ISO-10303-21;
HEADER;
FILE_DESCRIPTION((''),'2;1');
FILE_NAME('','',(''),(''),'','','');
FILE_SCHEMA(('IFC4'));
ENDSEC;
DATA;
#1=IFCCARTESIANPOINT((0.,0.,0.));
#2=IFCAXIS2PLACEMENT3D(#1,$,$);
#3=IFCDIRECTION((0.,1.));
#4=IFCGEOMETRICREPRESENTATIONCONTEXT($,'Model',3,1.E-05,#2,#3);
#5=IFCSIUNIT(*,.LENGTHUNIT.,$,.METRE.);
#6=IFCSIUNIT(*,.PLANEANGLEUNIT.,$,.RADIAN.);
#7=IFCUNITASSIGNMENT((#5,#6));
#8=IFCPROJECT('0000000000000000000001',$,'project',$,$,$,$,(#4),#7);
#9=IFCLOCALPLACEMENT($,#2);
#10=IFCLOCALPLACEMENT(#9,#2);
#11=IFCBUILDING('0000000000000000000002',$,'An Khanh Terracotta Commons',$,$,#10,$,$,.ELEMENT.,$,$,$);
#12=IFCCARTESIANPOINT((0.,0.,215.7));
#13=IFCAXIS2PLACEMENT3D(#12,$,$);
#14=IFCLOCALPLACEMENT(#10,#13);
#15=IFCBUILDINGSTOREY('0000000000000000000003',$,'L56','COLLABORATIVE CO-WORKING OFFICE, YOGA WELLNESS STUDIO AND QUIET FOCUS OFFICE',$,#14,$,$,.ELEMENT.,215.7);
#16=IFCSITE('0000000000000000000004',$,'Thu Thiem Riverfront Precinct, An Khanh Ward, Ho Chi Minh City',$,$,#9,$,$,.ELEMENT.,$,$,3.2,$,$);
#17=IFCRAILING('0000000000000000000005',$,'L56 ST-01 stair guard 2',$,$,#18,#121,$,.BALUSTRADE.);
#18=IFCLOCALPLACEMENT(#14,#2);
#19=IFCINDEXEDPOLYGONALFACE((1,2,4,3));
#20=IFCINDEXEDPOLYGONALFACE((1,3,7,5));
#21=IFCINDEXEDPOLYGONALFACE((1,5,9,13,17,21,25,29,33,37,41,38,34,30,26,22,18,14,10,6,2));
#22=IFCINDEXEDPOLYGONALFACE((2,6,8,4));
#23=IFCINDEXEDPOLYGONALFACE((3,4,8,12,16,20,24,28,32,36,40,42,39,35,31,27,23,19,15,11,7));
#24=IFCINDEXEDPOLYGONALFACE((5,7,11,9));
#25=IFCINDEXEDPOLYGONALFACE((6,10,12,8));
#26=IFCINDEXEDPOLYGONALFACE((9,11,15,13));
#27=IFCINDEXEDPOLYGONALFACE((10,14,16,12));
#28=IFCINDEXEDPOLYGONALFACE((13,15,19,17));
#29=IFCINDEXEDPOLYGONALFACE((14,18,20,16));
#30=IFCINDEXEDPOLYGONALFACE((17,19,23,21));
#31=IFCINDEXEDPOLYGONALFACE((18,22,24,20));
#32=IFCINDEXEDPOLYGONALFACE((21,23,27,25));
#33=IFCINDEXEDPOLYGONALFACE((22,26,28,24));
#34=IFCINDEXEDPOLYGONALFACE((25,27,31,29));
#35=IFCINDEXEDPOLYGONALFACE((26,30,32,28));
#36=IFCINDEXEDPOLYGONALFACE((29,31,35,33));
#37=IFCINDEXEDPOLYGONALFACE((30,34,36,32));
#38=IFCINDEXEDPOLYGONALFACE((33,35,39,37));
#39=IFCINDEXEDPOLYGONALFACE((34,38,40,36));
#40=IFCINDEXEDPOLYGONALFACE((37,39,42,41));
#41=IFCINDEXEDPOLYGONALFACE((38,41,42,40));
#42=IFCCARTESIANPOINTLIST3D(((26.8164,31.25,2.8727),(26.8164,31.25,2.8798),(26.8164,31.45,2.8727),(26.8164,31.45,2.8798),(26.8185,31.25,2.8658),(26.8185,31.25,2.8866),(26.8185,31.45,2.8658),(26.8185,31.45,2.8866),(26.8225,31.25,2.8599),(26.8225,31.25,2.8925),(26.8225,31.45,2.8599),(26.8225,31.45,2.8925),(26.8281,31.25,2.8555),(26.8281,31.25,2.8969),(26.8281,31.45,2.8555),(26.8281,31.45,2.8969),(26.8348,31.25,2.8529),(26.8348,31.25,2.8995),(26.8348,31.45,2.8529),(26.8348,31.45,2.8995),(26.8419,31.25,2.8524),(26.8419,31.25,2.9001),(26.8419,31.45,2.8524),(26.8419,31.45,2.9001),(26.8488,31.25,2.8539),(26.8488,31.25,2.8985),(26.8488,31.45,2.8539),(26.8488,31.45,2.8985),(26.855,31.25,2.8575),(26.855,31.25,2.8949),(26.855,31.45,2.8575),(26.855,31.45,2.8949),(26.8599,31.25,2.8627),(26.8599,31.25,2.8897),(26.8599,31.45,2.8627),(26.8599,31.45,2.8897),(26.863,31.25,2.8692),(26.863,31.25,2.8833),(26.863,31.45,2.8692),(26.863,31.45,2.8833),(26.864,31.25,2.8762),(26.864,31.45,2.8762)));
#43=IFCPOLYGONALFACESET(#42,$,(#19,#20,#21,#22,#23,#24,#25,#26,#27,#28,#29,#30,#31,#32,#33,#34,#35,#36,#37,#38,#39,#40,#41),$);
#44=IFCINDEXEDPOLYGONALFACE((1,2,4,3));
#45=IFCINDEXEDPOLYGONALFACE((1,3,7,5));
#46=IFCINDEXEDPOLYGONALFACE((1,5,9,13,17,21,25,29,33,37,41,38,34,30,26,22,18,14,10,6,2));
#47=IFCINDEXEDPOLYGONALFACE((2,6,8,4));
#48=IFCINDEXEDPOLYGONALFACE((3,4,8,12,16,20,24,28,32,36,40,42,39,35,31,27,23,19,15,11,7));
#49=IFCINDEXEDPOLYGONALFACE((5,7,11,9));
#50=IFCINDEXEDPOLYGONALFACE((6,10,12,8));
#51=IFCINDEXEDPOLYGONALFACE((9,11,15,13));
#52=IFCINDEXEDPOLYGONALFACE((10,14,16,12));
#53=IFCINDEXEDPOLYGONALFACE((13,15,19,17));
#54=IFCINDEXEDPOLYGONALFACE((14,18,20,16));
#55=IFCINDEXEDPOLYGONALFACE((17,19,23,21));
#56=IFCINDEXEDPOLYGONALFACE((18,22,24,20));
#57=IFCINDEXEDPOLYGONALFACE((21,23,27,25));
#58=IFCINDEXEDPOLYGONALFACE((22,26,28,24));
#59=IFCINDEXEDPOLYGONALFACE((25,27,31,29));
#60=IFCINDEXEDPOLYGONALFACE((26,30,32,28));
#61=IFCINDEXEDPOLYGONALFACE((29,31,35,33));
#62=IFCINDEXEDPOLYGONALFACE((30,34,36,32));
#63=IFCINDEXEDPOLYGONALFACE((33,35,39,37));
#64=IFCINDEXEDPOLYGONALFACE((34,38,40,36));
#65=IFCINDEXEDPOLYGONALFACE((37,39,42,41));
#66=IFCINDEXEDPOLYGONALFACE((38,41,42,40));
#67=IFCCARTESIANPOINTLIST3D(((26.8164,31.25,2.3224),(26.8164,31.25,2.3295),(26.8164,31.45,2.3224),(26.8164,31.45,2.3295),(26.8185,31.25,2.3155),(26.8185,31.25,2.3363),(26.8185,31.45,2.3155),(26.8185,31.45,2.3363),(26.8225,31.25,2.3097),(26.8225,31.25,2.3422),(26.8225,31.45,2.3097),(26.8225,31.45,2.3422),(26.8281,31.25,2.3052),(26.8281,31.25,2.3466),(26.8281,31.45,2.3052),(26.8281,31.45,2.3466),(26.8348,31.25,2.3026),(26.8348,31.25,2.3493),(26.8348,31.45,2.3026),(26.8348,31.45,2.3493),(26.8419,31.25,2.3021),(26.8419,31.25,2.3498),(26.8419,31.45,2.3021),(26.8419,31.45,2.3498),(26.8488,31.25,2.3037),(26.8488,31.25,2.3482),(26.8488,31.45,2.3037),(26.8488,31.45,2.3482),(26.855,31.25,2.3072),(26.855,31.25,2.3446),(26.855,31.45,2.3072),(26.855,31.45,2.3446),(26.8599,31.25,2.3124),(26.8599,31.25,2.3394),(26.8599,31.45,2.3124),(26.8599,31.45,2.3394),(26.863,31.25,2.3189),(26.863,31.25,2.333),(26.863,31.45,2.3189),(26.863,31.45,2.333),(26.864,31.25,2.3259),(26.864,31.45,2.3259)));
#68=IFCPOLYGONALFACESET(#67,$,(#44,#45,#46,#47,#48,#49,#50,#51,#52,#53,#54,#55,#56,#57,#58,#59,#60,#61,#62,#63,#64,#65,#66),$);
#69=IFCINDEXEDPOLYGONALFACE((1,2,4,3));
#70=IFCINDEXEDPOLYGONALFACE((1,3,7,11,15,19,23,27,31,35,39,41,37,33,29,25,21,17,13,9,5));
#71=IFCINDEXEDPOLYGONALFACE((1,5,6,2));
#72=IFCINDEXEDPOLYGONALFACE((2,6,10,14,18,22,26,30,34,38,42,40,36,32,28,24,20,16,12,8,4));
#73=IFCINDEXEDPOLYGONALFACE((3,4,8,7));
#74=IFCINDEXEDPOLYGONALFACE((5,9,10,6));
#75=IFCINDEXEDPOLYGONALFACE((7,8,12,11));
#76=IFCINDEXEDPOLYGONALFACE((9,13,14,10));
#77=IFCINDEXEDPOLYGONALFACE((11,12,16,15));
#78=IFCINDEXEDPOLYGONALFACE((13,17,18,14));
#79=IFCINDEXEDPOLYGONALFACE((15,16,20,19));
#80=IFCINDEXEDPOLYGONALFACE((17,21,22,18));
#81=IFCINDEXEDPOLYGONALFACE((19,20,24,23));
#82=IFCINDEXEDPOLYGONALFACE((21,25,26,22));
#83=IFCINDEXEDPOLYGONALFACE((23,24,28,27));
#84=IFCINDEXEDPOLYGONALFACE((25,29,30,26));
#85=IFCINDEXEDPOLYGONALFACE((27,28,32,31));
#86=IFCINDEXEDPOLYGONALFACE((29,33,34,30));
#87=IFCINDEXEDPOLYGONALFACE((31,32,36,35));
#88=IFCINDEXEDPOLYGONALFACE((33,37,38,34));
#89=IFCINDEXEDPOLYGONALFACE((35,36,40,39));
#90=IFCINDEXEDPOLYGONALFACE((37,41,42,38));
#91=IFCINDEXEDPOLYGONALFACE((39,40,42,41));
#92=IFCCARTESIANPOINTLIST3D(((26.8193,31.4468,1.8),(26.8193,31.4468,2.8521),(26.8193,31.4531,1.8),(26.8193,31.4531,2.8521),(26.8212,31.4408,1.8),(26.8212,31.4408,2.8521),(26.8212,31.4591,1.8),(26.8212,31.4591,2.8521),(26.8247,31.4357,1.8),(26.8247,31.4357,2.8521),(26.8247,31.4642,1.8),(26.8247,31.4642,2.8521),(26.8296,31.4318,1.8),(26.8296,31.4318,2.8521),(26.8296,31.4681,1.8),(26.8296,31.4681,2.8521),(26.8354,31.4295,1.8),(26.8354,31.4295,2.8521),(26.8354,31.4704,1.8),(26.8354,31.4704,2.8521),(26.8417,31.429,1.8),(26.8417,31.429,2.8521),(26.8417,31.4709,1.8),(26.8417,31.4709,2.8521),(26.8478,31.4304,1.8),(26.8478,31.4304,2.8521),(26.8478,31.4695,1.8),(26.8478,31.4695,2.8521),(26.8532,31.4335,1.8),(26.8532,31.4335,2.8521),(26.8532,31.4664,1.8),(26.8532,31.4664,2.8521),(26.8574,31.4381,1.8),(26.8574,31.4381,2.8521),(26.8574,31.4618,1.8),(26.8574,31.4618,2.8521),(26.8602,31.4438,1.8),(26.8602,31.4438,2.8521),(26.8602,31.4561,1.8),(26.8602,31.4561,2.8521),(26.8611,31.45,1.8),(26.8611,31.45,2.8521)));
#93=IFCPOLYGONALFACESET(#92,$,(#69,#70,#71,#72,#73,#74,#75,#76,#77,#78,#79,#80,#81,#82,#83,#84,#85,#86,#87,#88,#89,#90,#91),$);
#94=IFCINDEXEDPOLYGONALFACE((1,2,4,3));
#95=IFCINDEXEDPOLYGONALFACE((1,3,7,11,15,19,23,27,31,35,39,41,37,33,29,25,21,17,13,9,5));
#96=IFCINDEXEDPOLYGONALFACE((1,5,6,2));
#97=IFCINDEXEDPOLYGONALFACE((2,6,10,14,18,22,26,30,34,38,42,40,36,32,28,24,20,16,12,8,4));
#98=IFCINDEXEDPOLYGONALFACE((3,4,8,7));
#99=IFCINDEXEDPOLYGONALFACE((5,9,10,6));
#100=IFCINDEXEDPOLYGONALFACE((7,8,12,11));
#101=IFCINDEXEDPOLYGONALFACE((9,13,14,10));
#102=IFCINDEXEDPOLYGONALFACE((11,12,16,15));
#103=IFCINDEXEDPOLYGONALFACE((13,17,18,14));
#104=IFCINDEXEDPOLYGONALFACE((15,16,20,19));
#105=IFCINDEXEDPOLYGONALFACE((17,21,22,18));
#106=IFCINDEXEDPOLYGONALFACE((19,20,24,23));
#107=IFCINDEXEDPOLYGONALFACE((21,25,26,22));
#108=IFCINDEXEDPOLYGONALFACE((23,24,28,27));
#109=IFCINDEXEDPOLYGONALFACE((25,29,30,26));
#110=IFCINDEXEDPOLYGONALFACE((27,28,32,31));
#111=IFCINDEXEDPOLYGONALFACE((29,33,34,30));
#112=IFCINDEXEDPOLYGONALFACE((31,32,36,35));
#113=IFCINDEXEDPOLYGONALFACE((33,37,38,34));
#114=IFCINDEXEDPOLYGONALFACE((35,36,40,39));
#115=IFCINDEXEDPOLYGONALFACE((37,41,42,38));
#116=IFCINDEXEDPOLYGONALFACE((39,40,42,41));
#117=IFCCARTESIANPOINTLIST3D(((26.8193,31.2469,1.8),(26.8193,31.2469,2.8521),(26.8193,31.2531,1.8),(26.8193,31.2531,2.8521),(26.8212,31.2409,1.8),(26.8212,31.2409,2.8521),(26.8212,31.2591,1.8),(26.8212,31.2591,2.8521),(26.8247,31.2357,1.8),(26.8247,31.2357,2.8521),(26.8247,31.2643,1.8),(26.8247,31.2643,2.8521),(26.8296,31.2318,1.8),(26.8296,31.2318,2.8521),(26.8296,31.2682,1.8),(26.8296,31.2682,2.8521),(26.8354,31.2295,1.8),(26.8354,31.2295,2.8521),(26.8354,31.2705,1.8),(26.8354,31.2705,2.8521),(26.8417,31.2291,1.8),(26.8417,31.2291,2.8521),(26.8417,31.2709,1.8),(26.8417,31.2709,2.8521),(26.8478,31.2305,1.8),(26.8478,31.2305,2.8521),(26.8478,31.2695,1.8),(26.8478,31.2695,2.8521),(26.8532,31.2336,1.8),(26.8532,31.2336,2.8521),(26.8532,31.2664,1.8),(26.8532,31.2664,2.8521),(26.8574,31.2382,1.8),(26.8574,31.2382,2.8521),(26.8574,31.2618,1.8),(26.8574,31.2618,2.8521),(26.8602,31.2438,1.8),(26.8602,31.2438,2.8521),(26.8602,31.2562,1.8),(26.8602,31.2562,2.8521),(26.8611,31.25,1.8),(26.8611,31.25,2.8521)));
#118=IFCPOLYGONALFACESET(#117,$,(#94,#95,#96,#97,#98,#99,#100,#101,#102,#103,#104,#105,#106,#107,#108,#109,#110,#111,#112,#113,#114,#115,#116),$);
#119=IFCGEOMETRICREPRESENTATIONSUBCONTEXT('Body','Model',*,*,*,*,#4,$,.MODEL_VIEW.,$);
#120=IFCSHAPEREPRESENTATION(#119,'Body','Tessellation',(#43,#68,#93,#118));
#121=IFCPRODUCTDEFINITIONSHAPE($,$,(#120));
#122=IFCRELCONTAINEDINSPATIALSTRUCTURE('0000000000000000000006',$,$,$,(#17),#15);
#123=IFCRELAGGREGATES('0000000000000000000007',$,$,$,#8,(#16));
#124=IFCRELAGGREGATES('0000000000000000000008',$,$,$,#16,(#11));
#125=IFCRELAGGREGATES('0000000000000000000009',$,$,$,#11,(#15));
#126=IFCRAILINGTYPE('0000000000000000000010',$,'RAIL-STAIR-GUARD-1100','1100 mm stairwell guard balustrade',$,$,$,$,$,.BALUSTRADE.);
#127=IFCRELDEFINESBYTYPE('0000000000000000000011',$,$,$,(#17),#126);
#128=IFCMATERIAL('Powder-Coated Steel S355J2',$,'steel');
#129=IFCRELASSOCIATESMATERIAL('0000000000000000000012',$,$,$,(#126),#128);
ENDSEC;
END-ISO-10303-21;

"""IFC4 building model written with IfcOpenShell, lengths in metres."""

from ifc_helpers import new_model, si_unit, direction, frame, origin, origin_2d, place, context, subcontext, project, spatial, circle, extrude, material, type_object, element, save


model = new_model("IFC4")

# Units and contexts
model_context = context("Model", 3, precision=1e-05, world=origin(), true_north=direction((0.0, 1.0)))
body_context = subcontext(model_context, "Body", "Model", "MODEL_VIEW")
ifc_project = project(units=[si_unit("LENGTHUNIT", "METRE"), si_unit("PLANEANGLEUNIT", "RADIAN")], contexts=[model_context])

# Site, building, storey
site_placement = place(None, origin())
site = spatial("IfcSite", under=ifc_project, at=site_placement, Name="Thu Thiem Riverfront Precinct, An Khanh Ward, Ho Chi Minh City", CompositionType="ELEMENT", RefElevation=3.2)
building_placement = place(site_placement, origin())
building = spatial("IfcBuilding", under=site, at=building_placement, Name="An Khanh Terracotta Commons", CompositionType="ELEMENT")
storey_placement = place(building_placement, frame((0.0, 0.0, 215.7)))
storey = spatial("IfcBuildingStorey", under=building, at=storey_placement, Name="L56", Description="COLLABORATIVE CO-WORKING OFFICE, YOGA WELLNESS STUDIO AND QUIET FOCUS OFFICE", CompositionType="ELEMENT", Elevation=215.7)

# Railing
ifc_material_1 = material(Name="Powder-Coated Steel S355J2", Category="steel")
railing_type_1 = type_object("IfcRailingType", Name="RAIL-STAIR-GUARD-1100", Description="1100 mm stairwell guard balustrade", PredefinedType="BALUSTRADE", material=ifc_material_1)
railing_1_placement = place(storey_placement, frame((26.8401, 31.45, 1.8)))
element("IfcRailing", 1, at=railing_1_placement, inside=storey, type_object=railing_type_1, Name="L56 ST-01 stair guard 2", PredefinedType="BALUSTRADE", context=body_context, shape_type="SweptSolid", body=[
    extrude(circle(Radius=0.0239, at=origin_2d()), frame((0.0, 0.0, 1.0762), z_axis=(0.0, -1.0, 0.0), x_axis=(1.0, 0.0, 0.0)), (0.0, 0.0, 1.0), 0.2),
    extrude(circle(Radius=0.0239, at=origin_2d()), frame((0.0, 0.0, 0.5259), z_axis=(0.0, -1.0, 0.0), x_axis=(1.0, 0.0, 0.0)), (0.0, 0.0, 1.0), 0.2),
    extrude(circle(Radius=0.021, at=origin_2d()), origin(), (0.0, 0.0, 1.0), 1.052),
    extrude(circle(Radius=0.021, at=origin_2d()), frame((0.0, -0.2, 0.0)), (0.0, 0.0, 1.0), 1.052),
])

save(model, "model.ifc")
